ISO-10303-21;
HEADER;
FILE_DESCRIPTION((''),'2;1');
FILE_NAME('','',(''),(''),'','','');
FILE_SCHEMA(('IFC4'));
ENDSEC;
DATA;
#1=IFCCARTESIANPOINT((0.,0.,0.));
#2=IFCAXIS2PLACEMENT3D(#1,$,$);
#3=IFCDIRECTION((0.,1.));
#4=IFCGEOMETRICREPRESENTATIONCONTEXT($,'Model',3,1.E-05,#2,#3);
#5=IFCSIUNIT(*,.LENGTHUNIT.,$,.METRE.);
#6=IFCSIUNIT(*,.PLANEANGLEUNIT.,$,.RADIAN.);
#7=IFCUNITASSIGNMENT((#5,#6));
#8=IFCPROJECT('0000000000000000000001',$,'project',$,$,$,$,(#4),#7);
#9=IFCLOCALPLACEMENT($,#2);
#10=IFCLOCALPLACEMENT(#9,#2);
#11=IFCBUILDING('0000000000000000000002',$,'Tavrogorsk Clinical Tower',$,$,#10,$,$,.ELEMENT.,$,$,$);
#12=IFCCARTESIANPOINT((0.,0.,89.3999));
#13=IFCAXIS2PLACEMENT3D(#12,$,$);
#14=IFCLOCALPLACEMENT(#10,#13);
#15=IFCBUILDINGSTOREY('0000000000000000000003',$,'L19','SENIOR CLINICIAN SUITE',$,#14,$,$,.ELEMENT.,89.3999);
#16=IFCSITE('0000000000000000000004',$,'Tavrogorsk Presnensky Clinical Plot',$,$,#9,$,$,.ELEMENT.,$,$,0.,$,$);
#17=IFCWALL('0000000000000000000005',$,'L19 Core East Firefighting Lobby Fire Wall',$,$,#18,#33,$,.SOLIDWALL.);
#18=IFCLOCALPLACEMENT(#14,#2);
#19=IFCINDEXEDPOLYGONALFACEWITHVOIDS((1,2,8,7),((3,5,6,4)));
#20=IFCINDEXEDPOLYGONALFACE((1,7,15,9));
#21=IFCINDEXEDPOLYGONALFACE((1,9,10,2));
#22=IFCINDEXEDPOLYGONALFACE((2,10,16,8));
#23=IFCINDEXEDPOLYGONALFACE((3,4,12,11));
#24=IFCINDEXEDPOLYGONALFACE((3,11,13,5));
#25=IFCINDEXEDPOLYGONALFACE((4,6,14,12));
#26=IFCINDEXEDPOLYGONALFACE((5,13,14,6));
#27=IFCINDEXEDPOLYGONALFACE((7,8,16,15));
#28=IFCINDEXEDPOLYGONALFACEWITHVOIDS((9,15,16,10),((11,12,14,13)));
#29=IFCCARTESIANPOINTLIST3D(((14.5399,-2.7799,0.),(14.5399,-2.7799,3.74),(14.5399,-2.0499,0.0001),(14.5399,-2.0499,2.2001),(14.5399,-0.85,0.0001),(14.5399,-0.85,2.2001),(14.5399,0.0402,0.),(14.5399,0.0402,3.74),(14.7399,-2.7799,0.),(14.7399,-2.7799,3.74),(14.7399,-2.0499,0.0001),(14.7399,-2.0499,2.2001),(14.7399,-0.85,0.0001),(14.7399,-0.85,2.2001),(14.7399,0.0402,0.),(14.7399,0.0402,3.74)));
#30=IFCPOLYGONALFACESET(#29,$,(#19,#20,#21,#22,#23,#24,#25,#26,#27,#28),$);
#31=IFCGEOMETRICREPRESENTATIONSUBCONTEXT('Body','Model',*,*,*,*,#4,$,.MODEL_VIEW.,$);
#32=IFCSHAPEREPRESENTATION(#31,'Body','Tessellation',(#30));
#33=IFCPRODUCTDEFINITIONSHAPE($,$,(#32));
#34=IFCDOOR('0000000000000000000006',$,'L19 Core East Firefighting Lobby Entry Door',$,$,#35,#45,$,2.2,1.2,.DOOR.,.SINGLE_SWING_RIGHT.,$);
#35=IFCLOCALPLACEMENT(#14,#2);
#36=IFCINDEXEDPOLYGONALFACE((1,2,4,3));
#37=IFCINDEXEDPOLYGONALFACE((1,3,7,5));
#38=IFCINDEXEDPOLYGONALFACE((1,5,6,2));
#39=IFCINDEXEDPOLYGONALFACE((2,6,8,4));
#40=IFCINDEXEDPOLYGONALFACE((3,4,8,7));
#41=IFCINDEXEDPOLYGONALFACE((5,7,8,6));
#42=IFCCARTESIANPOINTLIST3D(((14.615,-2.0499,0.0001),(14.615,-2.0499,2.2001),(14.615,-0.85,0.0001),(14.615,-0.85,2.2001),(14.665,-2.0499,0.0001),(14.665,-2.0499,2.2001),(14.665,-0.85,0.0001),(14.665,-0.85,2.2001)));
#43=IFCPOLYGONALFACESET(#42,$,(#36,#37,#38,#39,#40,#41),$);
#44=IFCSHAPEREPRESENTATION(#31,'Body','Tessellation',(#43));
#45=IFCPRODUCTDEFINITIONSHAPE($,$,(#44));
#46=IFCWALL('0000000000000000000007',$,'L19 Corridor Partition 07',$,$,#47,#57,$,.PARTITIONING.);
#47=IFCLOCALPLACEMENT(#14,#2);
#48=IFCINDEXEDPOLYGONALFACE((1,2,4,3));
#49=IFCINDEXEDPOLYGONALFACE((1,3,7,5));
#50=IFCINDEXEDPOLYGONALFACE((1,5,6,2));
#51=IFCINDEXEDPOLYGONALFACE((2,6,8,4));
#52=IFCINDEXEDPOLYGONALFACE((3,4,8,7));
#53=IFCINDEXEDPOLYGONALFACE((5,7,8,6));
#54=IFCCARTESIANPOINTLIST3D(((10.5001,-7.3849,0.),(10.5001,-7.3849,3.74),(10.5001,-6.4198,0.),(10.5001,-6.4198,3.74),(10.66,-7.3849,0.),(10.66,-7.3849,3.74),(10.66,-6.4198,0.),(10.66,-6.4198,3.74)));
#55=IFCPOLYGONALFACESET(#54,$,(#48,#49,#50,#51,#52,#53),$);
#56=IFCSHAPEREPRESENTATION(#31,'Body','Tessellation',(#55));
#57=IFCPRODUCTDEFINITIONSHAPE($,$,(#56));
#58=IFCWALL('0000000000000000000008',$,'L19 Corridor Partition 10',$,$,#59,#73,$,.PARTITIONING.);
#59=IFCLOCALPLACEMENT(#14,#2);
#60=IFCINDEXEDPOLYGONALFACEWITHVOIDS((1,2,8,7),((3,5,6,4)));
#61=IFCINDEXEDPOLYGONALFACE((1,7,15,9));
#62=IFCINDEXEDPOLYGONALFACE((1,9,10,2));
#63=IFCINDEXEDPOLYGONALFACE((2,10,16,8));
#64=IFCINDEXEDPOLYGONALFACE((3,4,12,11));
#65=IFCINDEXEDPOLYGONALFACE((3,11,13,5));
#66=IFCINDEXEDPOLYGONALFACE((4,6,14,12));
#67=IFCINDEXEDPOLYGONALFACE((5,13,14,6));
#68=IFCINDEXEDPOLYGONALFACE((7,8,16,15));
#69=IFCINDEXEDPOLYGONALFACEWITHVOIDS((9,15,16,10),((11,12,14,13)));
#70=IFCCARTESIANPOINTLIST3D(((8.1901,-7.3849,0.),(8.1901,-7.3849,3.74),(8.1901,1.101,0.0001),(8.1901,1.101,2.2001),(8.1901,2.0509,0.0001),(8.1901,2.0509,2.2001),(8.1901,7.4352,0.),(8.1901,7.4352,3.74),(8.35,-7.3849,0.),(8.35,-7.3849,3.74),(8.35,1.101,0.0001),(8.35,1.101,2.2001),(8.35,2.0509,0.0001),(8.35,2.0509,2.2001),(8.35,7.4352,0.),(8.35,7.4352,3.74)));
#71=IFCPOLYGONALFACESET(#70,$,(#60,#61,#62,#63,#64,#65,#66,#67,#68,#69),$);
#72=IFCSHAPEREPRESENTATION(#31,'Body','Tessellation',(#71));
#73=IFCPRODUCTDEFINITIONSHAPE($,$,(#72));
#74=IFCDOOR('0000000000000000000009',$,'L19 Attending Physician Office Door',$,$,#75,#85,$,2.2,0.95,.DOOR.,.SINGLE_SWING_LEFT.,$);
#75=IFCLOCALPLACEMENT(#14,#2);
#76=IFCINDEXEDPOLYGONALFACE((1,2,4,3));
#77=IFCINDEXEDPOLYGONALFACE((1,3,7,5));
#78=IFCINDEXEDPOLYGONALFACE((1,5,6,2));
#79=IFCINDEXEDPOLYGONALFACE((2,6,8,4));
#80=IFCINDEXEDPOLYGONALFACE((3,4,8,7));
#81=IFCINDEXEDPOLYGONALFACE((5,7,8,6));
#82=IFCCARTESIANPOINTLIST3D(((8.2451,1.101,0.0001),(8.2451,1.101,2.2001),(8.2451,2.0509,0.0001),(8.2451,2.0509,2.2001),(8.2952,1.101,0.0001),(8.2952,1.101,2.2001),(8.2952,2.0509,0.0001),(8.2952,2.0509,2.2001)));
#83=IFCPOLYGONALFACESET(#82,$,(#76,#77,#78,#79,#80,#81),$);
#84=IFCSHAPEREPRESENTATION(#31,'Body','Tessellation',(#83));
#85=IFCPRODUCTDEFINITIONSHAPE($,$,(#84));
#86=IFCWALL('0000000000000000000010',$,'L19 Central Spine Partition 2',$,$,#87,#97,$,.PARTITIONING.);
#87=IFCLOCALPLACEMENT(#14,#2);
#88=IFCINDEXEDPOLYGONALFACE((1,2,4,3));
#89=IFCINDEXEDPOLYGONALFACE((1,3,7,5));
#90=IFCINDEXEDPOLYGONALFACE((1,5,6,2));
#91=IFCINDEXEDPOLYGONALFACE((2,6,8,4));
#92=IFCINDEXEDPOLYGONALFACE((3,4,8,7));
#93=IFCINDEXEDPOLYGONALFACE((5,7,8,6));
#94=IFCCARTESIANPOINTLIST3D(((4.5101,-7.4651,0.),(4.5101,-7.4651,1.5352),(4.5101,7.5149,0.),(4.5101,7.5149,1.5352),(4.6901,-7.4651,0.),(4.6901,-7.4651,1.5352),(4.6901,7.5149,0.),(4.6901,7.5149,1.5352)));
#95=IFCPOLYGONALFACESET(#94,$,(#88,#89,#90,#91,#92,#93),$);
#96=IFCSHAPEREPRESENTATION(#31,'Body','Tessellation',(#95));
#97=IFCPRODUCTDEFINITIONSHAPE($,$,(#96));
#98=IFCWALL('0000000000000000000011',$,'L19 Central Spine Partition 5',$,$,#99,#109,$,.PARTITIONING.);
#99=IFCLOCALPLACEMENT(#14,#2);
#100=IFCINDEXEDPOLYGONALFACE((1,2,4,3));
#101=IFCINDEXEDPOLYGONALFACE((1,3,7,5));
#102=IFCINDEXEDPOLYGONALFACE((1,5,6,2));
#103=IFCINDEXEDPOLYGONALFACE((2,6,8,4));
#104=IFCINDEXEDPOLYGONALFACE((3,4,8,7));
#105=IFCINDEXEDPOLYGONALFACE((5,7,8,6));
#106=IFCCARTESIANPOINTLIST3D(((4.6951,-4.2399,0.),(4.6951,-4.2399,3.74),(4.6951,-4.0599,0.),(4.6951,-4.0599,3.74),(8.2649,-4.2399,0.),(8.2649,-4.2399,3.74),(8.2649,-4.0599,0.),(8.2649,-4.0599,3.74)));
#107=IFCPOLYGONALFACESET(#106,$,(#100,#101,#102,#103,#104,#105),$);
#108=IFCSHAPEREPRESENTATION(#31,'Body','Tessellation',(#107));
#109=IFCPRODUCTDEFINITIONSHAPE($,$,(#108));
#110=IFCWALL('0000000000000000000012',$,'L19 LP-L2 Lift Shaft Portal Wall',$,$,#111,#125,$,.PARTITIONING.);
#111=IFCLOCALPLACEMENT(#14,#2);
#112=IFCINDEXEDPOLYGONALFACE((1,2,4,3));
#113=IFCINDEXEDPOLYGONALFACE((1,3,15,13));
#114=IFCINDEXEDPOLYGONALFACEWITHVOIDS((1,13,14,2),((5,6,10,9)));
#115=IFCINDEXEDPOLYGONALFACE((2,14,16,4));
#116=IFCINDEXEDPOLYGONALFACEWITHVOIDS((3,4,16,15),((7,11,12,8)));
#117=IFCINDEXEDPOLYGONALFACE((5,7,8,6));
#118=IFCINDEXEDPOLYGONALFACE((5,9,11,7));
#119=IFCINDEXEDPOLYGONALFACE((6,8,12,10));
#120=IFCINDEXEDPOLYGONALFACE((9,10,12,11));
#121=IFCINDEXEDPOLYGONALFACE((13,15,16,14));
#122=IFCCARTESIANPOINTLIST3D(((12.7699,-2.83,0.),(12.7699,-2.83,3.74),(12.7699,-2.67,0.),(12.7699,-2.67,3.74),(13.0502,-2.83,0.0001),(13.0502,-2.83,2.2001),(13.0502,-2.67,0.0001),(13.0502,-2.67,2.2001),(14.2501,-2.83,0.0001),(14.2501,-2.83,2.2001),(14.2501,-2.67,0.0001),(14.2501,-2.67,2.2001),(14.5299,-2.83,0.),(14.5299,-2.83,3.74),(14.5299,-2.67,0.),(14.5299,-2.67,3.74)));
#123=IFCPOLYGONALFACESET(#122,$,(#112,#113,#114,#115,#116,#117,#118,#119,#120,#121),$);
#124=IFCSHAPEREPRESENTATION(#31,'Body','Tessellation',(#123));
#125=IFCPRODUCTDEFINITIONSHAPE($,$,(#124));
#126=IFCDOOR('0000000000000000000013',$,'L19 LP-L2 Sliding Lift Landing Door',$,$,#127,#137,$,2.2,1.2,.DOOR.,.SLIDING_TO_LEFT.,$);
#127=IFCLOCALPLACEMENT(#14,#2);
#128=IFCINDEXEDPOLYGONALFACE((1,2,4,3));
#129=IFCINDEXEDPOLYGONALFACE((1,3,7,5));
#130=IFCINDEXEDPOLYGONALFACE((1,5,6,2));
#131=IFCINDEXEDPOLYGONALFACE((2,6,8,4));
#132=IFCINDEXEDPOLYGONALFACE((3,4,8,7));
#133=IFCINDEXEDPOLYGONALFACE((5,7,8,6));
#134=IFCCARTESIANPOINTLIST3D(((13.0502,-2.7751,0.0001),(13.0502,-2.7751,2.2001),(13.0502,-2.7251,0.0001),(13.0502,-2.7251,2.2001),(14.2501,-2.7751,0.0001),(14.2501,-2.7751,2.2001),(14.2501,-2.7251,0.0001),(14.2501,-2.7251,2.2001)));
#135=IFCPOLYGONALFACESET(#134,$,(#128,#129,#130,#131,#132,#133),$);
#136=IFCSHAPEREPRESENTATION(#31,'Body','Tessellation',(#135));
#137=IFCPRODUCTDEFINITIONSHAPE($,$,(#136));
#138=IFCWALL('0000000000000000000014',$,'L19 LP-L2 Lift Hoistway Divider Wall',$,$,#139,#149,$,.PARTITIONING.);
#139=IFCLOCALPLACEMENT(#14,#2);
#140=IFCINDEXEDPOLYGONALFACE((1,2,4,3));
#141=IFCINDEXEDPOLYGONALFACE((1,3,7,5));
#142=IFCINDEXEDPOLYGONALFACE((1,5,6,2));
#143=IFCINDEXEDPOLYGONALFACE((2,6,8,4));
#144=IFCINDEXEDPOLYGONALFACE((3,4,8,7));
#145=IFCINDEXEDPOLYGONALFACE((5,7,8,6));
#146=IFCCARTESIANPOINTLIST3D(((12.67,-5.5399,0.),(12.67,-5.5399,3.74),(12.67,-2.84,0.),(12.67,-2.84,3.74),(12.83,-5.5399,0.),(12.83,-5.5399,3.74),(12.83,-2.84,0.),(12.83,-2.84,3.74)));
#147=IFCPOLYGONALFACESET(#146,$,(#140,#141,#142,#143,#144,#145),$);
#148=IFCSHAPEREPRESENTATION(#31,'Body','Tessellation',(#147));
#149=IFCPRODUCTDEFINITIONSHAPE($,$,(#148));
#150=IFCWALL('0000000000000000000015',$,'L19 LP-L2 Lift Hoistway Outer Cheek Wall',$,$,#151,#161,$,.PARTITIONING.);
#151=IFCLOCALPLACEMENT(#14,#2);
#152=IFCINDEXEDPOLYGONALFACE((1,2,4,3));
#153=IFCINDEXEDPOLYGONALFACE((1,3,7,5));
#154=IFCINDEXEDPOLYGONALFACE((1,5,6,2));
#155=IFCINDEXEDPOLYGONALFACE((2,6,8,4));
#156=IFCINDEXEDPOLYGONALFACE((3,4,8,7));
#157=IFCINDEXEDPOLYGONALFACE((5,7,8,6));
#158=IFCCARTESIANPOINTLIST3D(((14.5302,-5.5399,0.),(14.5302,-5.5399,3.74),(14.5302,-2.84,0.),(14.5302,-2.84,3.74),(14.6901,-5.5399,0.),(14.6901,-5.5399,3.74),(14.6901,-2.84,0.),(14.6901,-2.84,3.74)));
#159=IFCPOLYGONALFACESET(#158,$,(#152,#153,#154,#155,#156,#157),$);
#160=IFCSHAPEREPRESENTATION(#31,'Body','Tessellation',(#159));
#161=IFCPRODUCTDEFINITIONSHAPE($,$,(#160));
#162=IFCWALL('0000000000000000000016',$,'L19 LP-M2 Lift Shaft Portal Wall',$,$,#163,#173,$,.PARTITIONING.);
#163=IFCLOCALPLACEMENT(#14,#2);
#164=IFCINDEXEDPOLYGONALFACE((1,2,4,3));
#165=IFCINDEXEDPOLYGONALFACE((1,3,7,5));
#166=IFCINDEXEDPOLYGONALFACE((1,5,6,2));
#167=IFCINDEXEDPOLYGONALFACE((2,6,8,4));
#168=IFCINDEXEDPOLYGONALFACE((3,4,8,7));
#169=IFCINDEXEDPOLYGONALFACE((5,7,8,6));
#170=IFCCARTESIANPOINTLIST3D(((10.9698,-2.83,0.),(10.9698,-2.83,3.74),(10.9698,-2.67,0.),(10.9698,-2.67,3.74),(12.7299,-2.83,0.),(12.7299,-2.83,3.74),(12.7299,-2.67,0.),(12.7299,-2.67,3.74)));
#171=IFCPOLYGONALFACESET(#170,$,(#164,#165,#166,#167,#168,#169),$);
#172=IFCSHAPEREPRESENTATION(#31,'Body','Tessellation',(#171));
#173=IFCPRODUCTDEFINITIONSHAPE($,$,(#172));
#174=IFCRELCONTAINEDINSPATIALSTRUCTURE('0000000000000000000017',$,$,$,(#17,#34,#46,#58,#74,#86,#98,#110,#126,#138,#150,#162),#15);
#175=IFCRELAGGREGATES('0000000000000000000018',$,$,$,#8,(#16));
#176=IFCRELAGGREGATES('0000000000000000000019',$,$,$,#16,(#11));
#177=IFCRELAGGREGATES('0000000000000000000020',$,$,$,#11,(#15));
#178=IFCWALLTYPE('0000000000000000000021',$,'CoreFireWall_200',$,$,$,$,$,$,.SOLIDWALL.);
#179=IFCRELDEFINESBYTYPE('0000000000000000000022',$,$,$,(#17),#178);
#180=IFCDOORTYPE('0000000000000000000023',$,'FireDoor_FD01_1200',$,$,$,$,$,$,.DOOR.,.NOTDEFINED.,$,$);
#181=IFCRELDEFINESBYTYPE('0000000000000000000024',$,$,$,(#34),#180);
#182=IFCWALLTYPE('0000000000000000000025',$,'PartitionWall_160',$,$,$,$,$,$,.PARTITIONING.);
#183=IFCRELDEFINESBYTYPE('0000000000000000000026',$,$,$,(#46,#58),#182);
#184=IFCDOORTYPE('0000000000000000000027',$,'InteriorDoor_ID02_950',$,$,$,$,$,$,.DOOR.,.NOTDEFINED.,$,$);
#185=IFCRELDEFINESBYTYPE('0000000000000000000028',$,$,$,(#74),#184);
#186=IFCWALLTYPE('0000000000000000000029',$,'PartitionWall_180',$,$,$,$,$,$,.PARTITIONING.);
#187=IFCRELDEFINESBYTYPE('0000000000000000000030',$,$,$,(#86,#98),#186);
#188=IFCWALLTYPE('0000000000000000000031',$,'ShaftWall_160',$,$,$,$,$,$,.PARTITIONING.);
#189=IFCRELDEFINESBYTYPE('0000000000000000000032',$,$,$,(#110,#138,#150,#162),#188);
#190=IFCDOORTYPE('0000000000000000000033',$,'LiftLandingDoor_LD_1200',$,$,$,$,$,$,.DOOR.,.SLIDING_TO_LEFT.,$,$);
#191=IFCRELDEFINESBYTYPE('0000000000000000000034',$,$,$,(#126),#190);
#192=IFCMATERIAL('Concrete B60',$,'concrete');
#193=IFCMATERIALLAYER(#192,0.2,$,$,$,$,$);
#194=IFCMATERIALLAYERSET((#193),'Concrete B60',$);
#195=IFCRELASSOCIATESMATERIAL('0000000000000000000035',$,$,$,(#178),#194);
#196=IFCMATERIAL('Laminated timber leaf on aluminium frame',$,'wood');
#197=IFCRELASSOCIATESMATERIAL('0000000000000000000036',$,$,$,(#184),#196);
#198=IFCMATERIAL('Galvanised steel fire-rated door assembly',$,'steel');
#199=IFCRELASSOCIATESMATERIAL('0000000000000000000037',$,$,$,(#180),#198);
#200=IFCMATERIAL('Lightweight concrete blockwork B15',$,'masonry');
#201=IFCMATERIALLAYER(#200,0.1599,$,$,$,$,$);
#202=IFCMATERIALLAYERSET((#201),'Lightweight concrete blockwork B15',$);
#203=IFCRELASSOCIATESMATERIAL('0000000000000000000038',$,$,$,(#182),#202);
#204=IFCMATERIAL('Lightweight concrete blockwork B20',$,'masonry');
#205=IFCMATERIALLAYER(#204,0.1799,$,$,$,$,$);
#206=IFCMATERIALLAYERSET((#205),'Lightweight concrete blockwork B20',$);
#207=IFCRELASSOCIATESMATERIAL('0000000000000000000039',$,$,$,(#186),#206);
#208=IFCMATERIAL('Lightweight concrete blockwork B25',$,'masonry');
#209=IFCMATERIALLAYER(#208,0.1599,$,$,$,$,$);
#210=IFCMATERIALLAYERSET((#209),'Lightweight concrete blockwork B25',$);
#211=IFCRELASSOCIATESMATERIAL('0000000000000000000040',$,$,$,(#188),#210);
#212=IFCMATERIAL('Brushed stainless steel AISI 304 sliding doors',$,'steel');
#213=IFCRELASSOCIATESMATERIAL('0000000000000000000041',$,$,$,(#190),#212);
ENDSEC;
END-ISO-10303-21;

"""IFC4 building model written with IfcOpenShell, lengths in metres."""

from ifc_helpers import new_model, si_unit, direction, frame, frame_2d, origin, place, context, subcontext, project, spatial, rectangle, extrude, material, layer, layer_set, type_object, element, fill, save


model = new_model("IFC4")

# Units and contexts
model_context = context("Model", 3, precision=1e-05, world=origin(), true_north=direction((0.0, 1.0)))
body_context = subcontext(model_context, "Body", "Model", "MODEL_VIEW")
ifc_project = project(units=[si_unit("LENGTHUNIT", "METRE"), si_unit("PLANEANGLEUNIT", "RADIAN")], contexts=[model_context])

# Site, building, storey
site_placement = place(None, origin())
site = spatial("IfcSite", under=ifc_project, at=site_placement, Name="Tavrogorsk Presnensky Clinical Plot", CompositionType="ELEMENT", RefElevation=0.0)
building_placement = place(site_placement, origin())
building = spatial("IfcBuilding", under=site, at=building_placement, Name="Tavrogorsk Clinical Tower", CompositionType="ELEMENT")
storey_placement = place(building_placement, frame((0.0, 0.0, 89.3999)))
storey = spatial("IfcBuildingStorey", under=building, at=storey_placement, Name="L19", Description="SENIOR CLINICIAN SUITE", CompositionType="ELEMENT", Elevation=89.3999)

# Wall, opening, door
ifc_material_1 = material(Name="Concrete B60", Category="concrete")
ifc_layer_1 = layer(ifc_material_1, 0.2)
ifc_layer_set_1 = layer_set([ifc_layer_1], Name="Concrete B60")
wall_type_1 = type_object("IfcWallType", Name="CoreFireWall_200", PredefinedType="SOLIDWALL", material=ifc_layer_set_1)
ifc_material_2 = material(Name="Laminated timber leaf on aluminium frame", Category="wood")
door_type_1 = type_object("IfcDoorType", Name="InteriorDoor_ID02_950", OperationType="NOTDEFINED", PredefinedType="DOOR", material=ifc_material_2)
wall_1_placement = place(storey_placement, frame((14.6399, -2.78, 0.0), z_axis=(0.0, 0.0, 1.0), x_axis=(0.0, 1.0, 0.0)))
wall_1 = element("IfcWall", 1, at=wall_1_placement, inside=storey, type_object=wall_type_1, Name="L19 Core East Firefighting Lobby Fire Wall", PredefinedType="SOLIDWALL", context=body_context, shape_type="SweptSolid", body=[
    extrude(rectangle(XDim=2.8201, YDim=0.2, at=frame_2d((1.4102, 0.0))), origin(), (0.0, 0.0, 1.0), 3.74),
])
opening_1_placement = place(wall_1_placement, frame((0.73, 0.0, 0.0)))
opening_1 = element("IfcOpeningElement", 2, at=opening_1_placement, cuts=wall_1, PredefinedType="OPENING", context=body_context, shape_type="SweptSolid", body=[
    extrude(rectangle(XDim=1.2, YDim=2.2, at=frame_2d((0.6001, 1.1001))), frame((0.0, 0.1099, 0.0), z_axis=(0.0, -1.0, 0.0), x_axis=(1.0, 0.0, 0.0)), (0.0, 0.0, 1.0), 0.22),
])
ifc_material_3 = material(Name="Galvanised steel fire-rated door assembly", Category="steel")
door_type_2 = type_object("IfcDoorType", Name="FireDoor_FD01_1200", OperationType="NOTDEFINED", PredefinedType="DOOR", material=ifc_material_3)
door_1_placement = place(opening_1_placement, origin())
door_1 = element("IfcDoor", 3, at=door_1_placement, inside=storey, type_object=door_type_2, Name="L19 Core East Firefighting Lobby Entry Door", OperationType="SINGLE_SWING_RIGHT", OverallHeight=2.2, OverallWidth=1.2, PredefinedType="DOOR", context=body_context, shape_type="SweptSolid", body=[
    extrude(rectangle(XDim=1.2, YDim=2.2, at=frame_2d((0.6001, 1.1001))), frame((0.0, 0.0249, 0.0), z_axis=(0.0, -1.0, 0.0), x_axis=(1.0, 0.0, 0.0)), (0.0, 0.0, 1.0), 0.05),
])
fill(opening_1, door_1)

# Wall
ifc_material_4 = material(Name="Lightweight concrete blockwork B15", Category="masonry")
ifc_layer_2 = layer(ifc_material_4, 0.1599)
ifc_layer_set_2 = layer_set([ifc_layer_2], Name="Lightweight concrete blockwork B15")
wall_type_2 = type_object("IfcWallType", Name="PartitionWall_160", PredefinedType="PARTITIONING", material=ifc_layer_set_2)
wall_2_placement = place(storey_placement, frame((10.5801, -6.4199, 0.0), z_axis=(0.0, 0.0, 1.0), x_axis=(0.0, -1.0, 0.0)))
element("IfcWall", 4, at=wall_2_placement, inside=storey, type_object=wall_type_2, Name="L19 Corridor Partition 07", PredefinedType="PARTITIONING", context=body_context, shape_type="SweptSolid", body=[
    extrude(rectangle(XDim=0.9651, YDim=0.1599, at=frame_2d((0.4824, 0.0))), origin(), (0.0, 0.0, 1.0), 3.74),
])

# Wall, opening, door
wall_3_placement = place(storey_placement, frame((8.27, -7.385, 0.0), z_axis=(0.0, 0.0, 1.0), x_axis=(0.0, 1.0, 0.0)))
wall_3 = element("IfcWall", 5, at=wall_3_placement, inside=storey, type_object=wall_type_2, Name="L19 Corridor Partition 10", PredefinedType="PARTITIONING", context=body_context, shape_type="SweptSolid", body=[
    extrude(rectangle(XDim=14.8201, YDim=0.1599, at=frame_2d((7.4102, 0.0))), origin(), (0.0, 0.0, 1.0), 3.74),
])
opening_2_placement = place(wall_3_placement, frame((8.4858, 0.0, 0.0)))
opening_2 = element("IfcOpeningElement", 6, at=opening_2_placement, cuts=wall_3, PredefinedType="OPENING", context=body_context, shape_type="SweptSolid", body=[
    extrude(rectangle(XDim=0.95, YDim=2.2, at=frame_2d((0.4751, 1.1001))), frame((0.0, 0.0898, 0.0), z_axis=(0.0, -1.0, 0.0), x_axis=(1.0, 0.0, 0.0)), (0.0, 0.0, 1.0), 0.1799),
])
door_2_placement = place(opening_2_placement, origin())
door_2 = element("IfcDoor", 7, at=door_2_placement, inside=storey, type_object=door_type_1, Name="L19 Attending Physician Office Door", OperationType="SINGLE_SWING_LEFT", OverallHeight=2.2, OverallWidth=0.95, PredefinedType="DOOR", context=body_context, shape_type="SweptSolid", body=[
    extrude(rectangle(XDim=0.95, YDim=2.2, at=frame_2d((0.4751, 1.1001))), frame((0.0, 0.0249, 0.0), z_axis=(0.0, -1.0, 0.0), x_axis=(1.0, 0.0, 0.0)), (0.0, 0.0, 1.0), 0.05),
])
fill(opening_2, door_2)

# Walls
ifc_material_5 = material(Name="Lightweight concrete blockwork B20", Category="masonry")
ifc_layer_3 = layer(ifc_material_5, 0.1799)
ifc_layer_set_3 = layer_set([ifc_layer_3], Name="Lightweight concrete blockwork B20")
wall_type_3 = type_object("IfcWallType", Name="PartitionWall_180", PredefinedType="PARTITIONING", material=ifc_layer_set_3)
wall_4_placement = place(storey_placement, frame((4.6001, -7.4651, 0.0), z_axis=(0.0, 0.0, 1.0), x_axis=(0.0, 1.0, 0.0)))
element("IfcWall", 8, at=wall_4_placement, inside=storey, type_object=wall_type_3, Name="L19 Central Spine Partition 2", PredefinedType="PARTITIONING", context=body_context, shape_type="SweptSolid", body=[
    extrude(rectangle(XDim=14.98, YDim=0.1799, at=frame_2d((7.49, 0.0))), origin(), (0.0, 0.0, 1.0), 1.5352),
])
wall_5_placement = place(storey_placement, frame((4.6951, -4.1499, 0.0), z_axis=(0.0, 0.0, 1.0), x_axis=(1.0, 0.0, 0.0)))
element("IfcWall", 9, at=wall_5_placement, inside=storey, type_object=wall_type_3, Name="L19 Central Spine Partition 5", PredefinedType="PARTITIONING", context=body_context, shape_type="SweptSolid", body=[
    extrude(rectangle(XDim=3.5698, YDim=0.1799, at=frame_2d((1.7849, 0.0))), origin(), (0.0, 0.0, 1.0), 3.74),
])

# Wall, opening, door
ifc_material_6 = material(Name="Lightweight concrete blockwork B25", Category="masonry")
ifc_layer_4 = layer(ifc_material_6, 0.1599)
ifc_layer_set_4 = layer_set([ifc_layer_4], Name="Lightweight concrete blockwork B25")
wall_type_4 = type_object("IfcWallType", Name="ShaftWall_160", PredefinedType="PARTITIONING", material=ifc_layer_set_4)
wall_6_placement = place(storey_placement, frame((12.77, -2.75, 0.0), z_axis=(0.0, 0.0, 1.0), x_axis=(1.0, 0.0, 0.0)))
wall_6 = element("IfcWall", 10, at=wall_6_placement, inside=storey, type_object=wall_type_4, Name="L19 LP-L2 Lift Shaft Portal Wall", PredefinedType="PARTITIONING", context=body_context, shape_type="SweptSolid", body=[
    extrude(rectangle(XDim=1.76, YDim=0.1599, at=frame_2d((0.8799, 0.0))), origin(), (0.0, 0.0, 1.0), 3.74),
])
opening_3_placement = place(wall_6_placement, frame((0.28, 0.0, 0.0)))
opening_3 = element("IfcOpeningElement", 11, at=opening_3_placement, cuts=wall_6, PredefinedType="OPENING", context=body_context, shape_type="SweptSolid", body=[
    extrude(rectangle(XDim=1.2, YDim=2.2, at=frame_2d((0.6001, 1.1001))), frame((0.0, 0.0898, 0.0), z_axis=(0.0, -1.0, 0.0), x_axis=(1.0, 0.0, 0.0)), (0.0, 0.0, 1.0), 0.1799),
])
ifc_material_7 = material(Name="Brushed stainless steel AISI 304 sliding doors", Category="steel")
door_type_3 = type_object("IfcDoorType", Name="LiftLandingDoor_LD_1200", OperationType="SLIDING_TO_LEFT", PredefinedType="DOOR", material=ifc_material_7)
door_3_placement = place(opening_3_placement, origin())
door_3 = element("IfcDoor", 12, at=door_3_placement, inside=storey, type_object=door_type_3, Name="L19 LP-L2 Sliding Lift Landing Door", OperationType="SLIDING_TO_LEFT", OverallHeight=2.2, OverallWidth=1.2, PredefinedType="DOOR", context=body_context, shape_type="SweptSolid", body=[
    extrude(rectangle(XDim=1.2, YDim=2.2, at=frame_2d((0.6001, 1.1001))), frame((0.0, 0.0249, 0.0), z_axis=(0.0, -1.0, 0.0), x_axis=(1.0, 0.0, 0.0)), (0.0, 0.0, 1.0), 0.05),
])
fill(opening_3, door_3)

# Walls
for number, where, z_axis, x_axis, name in (
    (13, (12.75, -5.54, 0.0), (0.0, 0.0, 1.0), (0.0, 1.0, 0.0), "L19 LP-L2 Lift Hoistway Divider Wall"),
    (14, (14.6101, -5.54, 0.0), (0.0, 0.0, 1.0), (0.0, 1.0, 0.0), "L19 LP-L2 Lift Hoistway Outer Cheek Wall"),
):
    element("IfcWall", number, at=place(storey_placement, frame(where, z_axis=z_axis, x_axis=x_axis)), inside=storey, type_object=wall_type_4, Name=name, PredefinedType="PARTITIONING", context=body_context, shape_type="SweptSolid", body=[
        extrude(rectangle(XDim=2.7, YDim=0.1599, at=frame_2d((1.3501, 0.0))), origin(), (0.0, 0.0, 1.0), 3.74),
    ])
wall_7_placement = place(storey_placement, frame((10.97, -2.75, 0.0), z_axis=(0.0, 0.0, 1.0), x_axis=(1.0, 0.0, 0.0)))
element("IfcWall", 15, at=wall_7_placement, inside=storey, type_object=wall_type_4, Name="L19 LP-M2 Lift Shaft Portal Wall", PredefinedType="PARTITIONING", context=body_context, shape_type="SweptSolid", body=[
    extrude(rectangle(XDim=1.76, YDim=0.1599, at=frame_2d((0.8799, 0.0))), origin(), (0.0, 0.0, 1.0), 3.74),
])

save(model, "model.ifc")
